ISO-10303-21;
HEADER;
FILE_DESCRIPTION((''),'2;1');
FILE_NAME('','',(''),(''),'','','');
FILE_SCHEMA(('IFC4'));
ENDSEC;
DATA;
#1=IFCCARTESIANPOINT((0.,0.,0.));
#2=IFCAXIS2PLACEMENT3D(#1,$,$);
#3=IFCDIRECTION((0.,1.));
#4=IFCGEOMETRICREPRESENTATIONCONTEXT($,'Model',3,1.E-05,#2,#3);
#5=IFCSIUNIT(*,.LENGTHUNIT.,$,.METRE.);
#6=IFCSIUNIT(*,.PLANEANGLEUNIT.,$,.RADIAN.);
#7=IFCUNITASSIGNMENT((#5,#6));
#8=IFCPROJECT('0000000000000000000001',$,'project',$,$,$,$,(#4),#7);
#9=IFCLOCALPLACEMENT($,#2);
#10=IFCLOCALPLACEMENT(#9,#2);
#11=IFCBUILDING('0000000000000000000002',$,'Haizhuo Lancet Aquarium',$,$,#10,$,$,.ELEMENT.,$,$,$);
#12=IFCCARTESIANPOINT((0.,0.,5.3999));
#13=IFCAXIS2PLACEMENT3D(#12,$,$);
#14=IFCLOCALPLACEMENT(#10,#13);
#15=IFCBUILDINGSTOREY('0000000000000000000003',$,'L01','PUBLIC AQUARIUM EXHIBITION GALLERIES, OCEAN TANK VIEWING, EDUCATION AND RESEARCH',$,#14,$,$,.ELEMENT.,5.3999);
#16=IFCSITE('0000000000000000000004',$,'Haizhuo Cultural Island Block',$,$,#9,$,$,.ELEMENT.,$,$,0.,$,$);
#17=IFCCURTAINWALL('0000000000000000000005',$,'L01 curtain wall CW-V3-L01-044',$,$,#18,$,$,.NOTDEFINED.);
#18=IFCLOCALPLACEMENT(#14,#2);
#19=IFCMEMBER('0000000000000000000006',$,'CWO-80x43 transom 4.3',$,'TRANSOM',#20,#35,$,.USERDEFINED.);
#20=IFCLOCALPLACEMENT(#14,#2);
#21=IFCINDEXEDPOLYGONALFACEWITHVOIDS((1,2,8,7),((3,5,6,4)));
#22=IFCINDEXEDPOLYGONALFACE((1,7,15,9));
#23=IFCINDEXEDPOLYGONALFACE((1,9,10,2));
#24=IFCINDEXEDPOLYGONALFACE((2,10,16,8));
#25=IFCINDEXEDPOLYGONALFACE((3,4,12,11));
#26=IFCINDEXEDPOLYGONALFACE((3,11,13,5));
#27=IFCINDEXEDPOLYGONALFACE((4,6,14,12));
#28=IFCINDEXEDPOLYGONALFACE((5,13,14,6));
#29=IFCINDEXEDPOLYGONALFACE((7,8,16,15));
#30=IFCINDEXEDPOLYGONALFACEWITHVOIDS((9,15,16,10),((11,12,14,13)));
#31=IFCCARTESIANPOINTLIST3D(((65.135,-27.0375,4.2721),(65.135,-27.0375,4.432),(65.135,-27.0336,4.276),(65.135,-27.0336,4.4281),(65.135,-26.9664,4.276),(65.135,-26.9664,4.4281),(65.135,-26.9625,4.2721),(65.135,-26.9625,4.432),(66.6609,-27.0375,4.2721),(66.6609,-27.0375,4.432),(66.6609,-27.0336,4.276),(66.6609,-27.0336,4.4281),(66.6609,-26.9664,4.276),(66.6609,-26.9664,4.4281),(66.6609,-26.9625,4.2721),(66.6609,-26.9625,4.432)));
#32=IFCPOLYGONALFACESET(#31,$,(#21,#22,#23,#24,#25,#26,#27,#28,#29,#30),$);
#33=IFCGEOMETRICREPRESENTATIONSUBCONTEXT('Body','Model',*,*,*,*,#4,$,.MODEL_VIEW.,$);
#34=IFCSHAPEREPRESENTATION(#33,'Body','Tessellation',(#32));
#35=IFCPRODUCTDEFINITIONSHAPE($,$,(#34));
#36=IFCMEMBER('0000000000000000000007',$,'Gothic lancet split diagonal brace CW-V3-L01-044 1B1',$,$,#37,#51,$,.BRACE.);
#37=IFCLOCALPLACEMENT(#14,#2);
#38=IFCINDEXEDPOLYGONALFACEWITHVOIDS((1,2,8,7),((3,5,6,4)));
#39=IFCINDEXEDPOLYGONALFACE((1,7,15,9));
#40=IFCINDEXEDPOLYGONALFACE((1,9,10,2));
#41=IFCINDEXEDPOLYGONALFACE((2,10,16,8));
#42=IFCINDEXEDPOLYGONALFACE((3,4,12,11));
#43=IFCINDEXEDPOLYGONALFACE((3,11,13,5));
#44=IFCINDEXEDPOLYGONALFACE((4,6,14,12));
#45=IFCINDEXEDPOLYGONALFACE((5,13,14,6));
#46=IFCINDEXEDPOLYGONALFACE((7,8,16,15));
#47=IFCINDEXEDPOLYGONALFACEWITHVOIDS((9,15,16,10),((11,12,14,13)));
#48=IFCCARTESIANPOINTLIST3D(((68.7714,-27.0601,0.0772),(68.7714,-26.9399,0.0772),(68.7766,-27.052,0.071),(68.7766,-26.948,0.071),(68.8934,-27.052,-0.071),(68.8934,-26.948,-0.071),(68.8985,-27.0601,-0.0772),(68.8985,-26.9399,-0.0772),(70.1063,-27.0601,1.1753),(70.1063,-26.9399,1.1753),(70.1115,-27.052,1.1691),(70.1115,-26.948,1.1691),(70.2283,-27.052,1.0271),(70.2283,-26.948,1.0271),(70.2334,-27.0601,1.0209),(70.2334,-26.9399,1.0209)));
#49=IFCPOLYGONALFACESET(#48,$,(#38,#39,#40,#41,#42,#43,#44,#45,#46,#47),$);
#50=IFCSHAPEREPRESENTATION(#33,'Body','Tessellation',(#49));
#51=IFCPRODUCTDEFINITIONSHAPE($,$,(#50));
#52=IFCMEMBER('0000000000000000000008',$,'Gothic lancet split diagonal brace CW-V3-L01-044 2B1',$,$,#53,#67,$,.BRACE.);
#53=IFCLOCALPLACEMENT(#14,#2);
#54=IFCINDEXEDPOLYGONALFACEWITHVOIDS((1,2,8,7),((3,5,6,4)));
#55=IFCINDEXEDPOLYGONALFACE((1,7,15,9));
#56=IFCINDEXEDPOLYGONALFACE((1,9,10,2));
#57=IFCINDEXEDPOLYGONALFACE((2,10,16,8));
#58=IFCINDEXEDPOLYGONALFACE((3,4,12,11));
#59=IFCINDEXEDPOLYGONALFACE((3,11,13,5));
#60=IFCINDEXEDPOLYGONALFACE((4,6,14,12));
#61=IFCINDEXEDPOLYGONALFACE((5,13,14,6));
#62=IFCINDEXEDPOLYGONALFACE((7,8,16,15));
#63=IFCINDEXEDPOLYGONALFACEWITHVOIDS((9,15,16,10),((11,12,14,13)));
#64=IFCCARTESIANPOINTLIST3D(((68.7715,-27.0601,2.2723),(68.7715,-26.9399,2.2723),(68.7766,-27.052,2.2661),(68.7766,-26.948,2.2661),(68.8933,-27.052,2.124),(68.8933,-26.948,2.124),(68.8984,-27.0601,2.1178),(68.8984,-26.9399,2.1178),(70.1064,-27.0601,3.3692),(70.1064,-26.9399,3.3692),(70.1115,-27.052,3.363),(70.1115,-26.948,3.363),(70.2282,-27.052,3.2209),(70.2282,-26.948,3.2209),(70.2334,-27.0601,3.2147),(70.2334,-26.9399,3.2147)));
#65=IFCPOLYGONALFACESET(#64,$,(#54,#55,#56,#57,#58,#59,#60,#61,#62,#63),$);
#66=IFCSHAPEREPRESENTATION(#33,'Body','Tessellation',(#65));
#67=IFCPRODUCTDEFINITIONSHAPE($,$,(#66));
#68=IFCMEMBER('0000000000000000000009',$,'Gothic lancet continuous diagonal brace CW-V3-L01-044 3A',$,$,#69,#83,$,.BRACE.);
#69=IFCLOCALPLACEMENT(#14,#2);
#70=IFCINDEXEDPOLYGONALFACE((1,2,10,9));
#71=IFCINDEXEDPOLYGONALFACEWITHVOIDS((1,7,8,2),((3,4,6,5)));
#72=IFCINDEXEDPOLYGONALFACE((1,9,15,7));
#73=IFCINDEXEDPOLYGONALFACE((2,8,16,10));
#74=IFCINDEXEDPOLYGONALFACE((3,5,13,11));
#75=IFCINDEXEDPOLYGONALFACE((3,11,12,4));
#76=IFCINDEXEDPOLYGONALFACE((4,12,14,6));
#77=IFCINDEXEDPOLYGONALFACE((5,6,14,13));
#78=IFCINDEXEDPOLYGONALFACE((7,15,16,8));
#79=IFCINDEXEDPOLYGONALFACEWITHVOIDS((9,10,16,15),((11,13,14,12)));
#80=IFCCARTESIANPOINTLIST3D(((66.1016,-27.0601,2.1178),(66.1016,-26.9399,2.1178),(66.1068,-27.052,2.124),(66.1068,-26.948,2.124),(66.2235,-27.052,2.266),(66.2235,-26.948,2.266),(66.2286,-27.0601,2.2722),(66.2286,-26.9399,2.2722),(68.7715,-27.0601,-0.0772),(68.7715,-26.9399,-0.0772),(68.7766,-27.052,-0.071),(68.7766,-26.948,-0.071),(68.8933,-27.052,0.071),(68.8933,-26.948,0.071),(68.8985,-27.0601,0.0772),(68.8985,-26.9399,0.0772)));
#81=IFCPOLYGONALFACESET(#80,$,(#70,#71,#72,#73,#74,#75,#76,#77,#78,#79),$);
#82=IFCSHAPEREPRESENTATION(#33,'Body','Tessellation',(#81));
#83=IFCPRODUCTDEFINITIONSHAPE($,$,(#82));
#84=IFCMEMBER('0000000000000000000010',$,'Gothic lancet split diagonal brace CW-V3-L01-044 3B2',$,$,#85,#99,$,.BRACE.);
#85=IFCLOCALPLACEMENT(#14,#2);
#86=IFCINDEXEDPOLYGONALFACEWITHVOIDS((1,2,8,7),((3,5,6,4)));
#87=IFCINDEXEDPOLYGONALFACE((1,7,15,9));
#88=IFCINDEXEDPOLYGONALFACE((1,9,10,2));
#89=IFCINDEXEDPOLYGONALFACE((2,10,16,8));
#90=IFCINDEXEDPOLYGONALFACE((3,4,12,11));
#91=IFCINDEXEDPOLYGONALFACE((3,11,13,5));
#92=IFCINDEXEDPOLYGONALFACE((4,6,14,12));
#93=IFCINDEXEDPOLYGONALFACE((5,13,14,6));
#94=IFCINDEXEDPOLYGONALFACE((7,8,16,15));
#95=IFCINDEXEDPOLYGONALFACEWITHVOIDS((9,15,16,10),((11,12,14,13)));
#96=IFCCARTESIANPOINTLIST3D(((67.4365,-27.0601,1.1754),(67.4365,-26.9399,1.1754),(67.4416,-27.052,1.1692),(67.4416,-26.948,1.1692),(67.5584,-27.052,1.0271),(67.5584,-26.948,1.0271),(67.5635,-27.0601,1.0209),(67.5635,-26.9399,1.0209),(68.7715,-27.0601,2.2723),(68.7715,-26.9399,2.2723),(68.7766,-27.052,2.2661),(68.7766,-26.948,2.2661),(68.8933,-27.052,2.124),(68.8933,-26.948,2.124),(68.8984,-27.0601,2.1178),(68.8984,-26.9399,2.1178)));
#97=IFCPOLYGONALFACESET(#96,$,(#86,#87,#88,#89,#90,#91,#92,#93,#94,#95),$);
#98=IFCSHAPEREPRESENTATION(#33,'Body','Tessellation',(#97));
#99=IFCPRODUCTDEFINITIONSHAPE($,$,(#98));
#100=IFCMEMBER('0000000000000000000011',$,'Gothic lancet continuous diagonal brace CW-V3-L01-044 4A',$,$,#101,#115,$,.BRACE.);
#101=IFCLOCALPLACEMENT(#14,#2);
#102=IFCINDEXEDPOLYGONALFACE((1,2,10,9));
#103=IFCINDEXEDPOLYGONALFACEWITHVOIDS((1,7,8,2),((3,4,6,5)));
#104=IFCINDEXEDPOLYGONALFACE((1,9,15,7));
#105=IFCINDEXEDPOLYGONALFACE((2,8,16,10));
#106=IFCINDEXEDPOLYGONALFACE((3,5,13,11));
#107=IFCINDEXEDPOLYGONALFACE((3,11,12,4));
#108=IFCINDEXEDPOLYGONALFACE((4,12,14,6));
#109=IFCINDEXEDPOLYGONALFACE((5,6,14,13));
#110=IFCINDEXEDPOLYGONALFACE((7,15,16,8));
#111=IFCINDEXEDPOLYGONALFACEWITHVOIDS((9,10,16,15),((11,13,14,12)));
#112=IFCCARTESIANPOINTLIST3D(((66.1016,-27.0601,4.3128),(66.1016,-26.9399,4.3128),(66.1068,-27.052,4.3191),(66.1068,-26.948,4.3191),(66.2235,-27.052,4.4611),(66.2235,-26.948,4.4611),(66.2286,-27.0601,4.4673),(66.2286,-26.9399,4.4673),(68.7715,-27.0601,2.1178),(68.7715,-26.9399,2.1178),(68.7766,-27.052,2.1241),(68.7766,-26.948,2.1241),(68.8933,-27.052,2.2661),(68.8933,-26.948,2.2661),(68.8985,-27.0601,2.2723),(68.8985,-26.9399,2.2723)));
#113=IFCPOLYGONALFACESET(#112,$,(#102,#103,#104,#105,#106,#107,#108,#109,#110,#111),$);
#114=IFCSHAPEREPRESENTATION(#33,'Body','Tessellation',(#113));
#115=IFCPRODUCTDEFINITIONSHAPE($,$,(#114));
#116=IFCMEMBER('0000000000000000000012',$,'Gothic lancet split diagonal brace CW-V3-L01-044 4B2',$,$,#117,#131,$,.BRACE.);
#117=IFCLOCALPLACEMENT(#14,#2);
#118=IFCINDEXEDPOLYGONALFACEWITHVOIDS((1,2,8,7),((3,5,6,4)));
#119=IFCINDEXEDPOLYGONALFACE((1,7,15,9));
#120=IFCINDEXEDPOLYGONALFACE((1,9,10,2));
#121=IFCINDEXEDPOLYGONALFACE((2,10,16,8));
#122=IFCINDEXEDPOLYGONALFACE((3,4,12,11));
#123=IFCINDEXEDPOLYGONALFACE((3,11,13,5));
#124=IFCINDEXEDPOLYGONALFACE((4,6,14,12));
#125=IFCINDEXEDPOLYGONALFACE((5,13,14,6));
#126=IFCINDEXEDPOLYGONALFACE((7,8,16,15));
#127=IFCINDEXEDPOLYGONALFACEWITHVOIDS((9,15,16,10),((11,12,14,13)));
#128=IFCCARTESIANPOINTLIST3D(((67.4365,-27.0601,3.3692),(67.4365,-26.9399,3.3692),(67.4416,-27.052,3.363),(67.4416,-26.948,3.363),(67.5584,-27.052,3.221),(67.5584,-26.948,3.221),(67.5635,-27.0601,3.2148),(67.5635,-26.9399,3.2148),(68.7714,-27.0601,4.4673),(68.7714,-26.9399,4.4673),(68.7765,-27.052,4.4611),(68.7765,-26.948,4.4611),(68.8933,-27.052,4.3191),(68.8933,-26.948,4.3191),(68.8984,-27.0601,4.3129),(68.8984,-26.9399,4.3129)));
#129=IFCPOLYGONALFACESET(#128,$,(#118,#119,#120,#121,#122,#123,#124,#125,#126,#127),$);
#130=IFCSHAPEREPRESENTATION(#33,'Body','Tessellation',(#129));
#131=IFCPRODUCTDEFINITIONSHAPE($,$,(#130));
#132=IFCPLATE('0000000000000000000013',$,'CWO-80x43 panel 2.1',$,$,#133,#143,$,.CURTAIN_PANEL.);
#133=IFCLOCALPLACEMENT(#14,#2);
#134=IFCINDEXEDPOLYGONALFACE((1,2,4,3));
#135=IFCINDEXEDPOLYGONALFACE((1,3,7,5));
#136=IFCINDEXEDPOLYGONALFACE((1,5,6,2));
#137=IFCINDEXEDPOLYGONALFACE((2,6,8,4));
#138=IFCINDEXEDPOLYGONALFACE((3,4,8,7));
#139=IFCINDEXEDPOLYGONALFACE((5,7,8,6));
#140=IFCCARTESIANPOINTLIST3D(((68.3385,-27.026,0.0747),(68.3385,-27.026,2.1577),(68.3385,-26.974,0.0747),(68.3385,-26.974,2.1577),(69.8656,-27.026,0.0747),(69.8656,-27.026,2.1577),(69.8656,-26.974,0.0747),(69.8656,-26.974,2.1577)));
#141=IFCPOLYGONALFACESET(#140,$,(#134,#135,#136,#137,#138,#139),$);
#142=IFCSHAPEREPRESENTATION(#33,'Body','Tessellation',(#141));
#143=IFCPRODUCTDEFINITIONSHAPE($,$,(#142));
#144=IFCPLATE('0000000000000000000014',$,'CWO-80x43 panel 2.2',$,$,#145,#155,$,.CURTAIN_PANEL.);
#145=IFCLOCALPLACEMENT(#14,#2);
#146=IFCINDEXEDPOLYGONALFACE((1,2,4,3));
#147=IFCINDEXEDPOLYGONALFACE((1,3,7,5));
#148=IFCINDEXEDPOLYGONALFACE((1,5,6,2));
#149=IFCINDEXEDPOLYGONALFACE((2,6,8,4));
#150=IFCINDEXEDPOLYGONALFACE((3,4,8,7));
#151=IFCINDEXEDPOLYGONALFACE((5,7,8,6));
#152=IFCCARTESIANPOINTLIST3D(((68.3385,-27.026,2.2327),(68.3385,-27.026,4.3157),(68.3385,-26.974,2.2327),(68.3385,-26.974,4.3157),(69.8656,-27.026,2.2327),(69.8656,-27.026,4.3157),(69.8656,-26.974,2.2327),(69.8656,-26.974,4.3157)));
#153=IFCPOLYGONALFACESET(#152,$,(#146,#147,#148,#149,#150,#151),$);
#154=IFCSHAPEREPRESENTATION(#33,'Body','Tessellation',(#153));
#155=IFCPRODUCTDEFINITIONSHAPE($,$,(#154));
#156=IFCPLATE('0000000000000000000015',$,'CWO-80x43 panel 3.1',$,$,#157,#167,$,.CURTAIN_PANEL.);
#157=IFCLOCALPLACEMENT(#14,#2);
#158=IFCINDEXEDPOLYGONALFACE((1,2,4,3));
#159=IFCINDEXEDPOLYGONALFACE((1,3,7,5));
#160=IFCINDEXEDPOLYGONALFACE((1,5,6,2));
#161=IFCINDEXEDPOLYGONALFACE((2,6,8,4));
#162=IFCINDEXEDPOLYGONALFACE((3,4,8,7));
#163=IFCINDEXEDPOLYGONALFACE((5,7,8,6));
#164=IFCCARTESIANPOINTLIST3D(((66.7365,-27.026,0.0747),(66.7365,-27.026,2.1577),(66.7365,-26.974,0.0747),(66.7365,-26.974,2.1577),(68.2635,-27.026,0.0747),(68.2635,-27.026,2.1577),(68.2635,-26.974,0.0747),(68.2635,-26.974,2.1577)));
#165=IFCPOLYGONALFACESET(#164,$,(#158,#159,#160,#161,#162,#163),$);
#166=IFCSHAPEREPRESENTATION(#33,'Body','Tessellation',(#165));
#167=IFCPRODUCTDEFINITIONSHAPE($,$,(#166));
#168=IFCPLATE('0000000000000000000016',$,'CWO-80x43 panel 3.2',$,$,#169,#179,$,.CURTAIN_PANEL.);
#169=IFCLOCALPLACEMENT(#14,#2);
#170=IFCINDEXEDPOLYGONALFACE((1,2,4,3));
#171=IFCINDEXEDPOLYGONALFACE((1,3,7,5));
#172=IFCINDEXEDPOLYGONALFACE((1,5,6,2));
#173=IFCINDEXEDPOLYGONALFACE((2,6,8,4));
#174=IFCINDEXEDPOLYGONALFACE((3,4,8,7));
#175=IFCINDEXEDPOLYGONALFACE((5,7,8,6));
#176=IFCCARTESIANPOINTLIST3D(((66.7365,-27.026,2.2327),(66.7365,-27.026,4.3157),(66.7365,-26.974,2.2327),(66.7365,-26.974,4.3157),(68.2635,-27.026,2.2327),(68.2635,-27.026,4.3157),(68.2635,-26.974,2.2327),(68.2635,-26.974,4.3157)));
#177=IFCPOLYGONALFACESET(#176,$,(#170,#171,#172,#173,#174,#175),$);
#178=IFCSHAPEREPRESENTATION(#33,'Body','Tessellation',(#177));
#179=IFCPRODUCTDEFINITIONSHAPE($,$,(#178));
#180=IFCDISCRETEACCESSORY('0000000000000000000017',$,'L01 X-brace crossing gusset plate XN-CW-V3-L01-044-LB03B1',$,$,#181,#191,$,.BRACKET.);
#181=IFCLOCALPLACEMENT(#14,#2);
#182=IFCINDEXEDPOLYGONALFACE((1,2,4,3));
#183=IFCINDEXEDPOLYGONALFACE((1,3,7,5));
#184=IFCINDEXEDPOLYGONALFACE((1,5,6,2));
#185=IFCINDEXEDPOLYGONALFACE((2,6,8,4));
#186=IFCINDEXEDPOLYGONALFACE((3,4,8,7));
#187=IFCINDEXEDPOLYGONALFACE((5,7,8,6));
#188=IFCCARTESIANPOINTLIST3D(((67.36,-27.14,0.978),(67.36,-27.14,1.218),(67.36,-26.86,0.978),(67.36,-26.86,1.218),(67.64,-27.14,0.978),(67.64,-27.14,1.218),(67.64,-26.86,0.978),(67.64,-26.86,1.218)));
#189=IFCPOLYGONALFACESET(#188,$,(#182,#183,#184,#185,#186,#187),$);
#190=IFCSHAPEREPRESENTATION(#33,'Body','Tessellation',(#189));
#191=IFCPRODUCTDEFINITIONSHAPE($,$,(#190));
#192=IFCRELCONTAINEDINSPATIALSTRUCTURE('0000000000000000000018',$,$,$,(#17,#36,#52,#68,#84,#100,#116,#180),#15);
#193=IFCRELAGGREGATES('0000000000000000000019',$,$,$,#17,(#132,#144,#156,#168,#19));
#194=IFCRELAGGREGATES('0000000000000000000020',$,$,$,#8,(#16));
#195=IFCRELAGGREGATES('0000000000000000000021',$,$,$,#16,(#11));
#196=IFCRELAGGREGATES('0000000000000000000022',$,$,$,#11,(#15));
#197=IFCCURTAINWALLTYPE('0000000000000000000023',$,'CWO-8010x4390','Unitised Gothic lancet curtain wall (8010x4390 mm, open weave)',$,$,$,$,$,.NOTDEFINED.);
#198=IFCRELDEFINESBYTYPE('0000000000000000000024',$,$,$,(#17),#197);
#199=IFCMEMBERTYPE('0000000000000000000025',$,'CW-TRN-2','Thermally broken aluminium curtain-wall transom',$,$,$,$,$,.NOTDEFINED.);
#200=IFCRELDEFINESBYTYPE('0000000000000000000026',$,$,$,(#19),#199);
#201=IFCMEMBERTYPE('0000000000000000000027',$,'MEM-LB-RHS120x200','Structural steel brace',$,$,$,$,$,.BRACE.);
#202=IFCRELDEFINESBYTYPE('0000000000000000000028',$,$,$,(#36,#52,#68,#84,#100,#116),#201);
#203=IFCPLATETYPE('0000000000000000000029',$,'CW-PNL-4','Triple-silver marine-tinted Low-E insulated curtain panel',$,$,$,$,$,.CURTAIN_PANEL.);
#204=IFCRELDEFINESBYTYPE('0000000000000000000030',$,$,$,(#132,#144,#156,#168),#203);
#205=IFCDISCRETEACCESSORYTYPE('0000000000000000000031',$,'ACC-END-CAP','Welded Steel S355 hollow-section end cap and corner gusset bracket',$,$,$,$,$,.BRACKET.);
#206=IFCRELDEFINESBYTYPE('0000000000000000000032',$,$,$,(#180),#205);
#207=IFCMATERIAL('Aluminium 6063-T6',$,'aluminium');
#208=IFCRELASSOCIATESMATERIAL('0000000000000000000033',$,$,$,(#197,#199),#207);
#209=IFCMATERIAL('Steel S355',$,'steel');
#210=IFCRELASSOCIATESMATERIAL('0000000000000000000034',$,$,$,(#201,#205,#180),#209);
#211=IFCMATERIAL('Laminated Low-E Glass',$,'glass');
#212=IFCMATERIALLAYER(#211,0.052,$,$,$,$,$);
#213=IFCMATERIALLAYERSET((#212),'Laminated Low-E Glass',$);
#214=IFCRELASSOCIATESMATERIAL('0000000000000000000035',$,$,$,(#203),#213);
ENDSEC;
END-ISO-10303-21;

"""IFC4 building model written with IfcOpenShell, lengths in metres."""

from ifc_helpers import new_model, si_unit, direction, frame, origin, origin_2d, place, context, subcontext, project, spatial, rectangle, hollow_rectangle, extrude, material, layer, layer_set, material_profile, profile_set, type_object, element, aggregate, save


model = new_model("IFC4")

# Units and contexts
model_context = context("Model", 3, precision=1e-05, world=origin(), true_north=direction((0.0, 1.0)))
body_context = subcontext(model_context, "Body", "Model", "MODEL_VIEW")
ifc_project = project(units=[si_unit("LENGTHUNIT", "METRE"), si_unit("PLANEANGLEUNIT", "RADIAN")], contexts=[model_context])

# Site, building, storey
site_placement = place(None, origin())
site = spatial("IfcSite", under=ifc_project, at=site_placement, Name="Haizhuo Cultural Island Block", CompositionType="ELEMENT", RefElevation=0.0)
building_placement = place(site_placement, origin())
building = spatial("IfcBuilding", under=site, at=building_placement, Name="Haizhuo Lancet Aquarium", CompositionType="ELEMENT")
storey_placement = place(building_placement, frame((0.0, 0.0, 5.3999)))
storey = spatial("IfcBuildingStorey", under=building, at=storey_placement, Name="L01", Description="PUBLIC AQUARIUM EXHIBITION GALLERIES, OCEAN TANK VIEWING, EDUCATION AND RESEARCH", CompositionType="ELEMENT", Elevation=5.3999)

# Curtain wall, member
ifc_material_1 = material(Name="Aluminium 6063-T6", Category="aluminium")
curtain_wall_type = type_object("IfcCurtainWallType", Name="CWO-8010x4390", Description="Unitised Gothic lancet curtain wall (8010x4390 mm, open weave)", PredefinedType="NOTDEFINED", material=ifc_material_1)
curtain_wall_placement = place(storey_placement, origin())
curtain_wall = element("IfcCurtainWall", 1, at=curtain_wall_placement, inside=storey, type_object=curtain_wall_type, Name="L01 curtain wall CW-V3-L01-044", PredefinedType="NOTDEFINED")
ifc_material_profile_1 = material_profile(ifc_material_1, hollow_rectangle(XDim=0.075, YDim=0.1599, WallThickness=0.0039, at=origin_2d()), Name="ALU-T 75x160x4")
ifc_profile_set_1 = profile_set([ifc_material_profile_1], Name="Aluminium 6063-T6")
member_type_1 = type_object("IfcMemberType", Name="CW-TRN-2", Description="Thermally broken aluminium curtain-wall transom", PredefinedType="NOTDEFINED", material=ifc_profile_set_1)
member_1_placement = place(storey_placement, frame((66.6609, -27.0, 4.3521), z_axis=(-1.0, 0.0, 0.0), x_axis=(0.0, -1.0, 0.0)))
member_1 = element("IfcMember", 2, at=member_1_placement, type_object=member_type_1, Name="CWO-80x43 transom 4.3", ObjectType="TRANSOM", PredefinedType="USERDEFINED", context=body_context, shape_type="SweptSolid", body=[
    extrude(hollow_rectangle(XDim=0.075, YDim=0.1599, WallThickness=0.0039, at=origin_2d()), origin(), (0.0, 0.0, 1.0), 1.5259),
])

# Members
ifc_material_2 = material(Name="Steel S355", Category="steel")
ifc_material_profile_2 = material_profile(ifc_material_2, hollow_rectangle(XDim=0.1201, YDim=0.2, WallThickness=0.0081, at=origin_2d()), Name="RHS 120x200x8")
ifc_profile_set_2 = profile_set([ifc_material_profile_2], Name="Steel S355")
member_type_2 = type_object("IfcMemberType", Name="MEM-LB-RHS120x200", Description="Structural steel brace", PredefinedType="BRACE", material=ifc_profile_set_2)
member_2_placement = place(storey_placement, frame((68.835, -27.0, 0.0), z_axis=(0.772281, 0.0, 0.635281), x_axis=(0.0, 1.0, 0.0)))
element("IfcMember", 3, at=member_2_placement, inside=storey, type_object=member_type_2, Name="Gothic lancet split diagonal brace CW-V3-L01-044 1B1", PredefinedType="BRACE", context=body_context, shape_type="SweptSolid", body=[
    extrude(hollow_rectangle(XDim=0.1201, YDim=0.2, WallThickness=0.0081, at=origin_2d()), origin(), (0.0, 0.0, 1.0), 1.7285),
])
member_3_placement = place(storey_placement, frame((68.835, -27.0, 2.1951), z_axis=(0.772627, 0.0, 0.63486), x_axis=(0.0, 1.0, 0.0)))
element("IfcMember", 4, at=member_3_placement, inside=storey, type_object=member_type_2, Name="Gothic lancet split diagonal brace CW-V3-L01-044 2B1", PredefinedType="BRACE", context=body_context, shape_type="SweptSolid", body=[
    extrude(hollow_rectangle(XDim=0.1201, YDim=0.2, WallThickness=0.0081, at=origin_2d()), origin(), (0.0, 0.0, 1.0), 1.7278),
])
member_4_placement = place(storey_placement, frame((68.835, -27.0, 0.0), z_axis=(-0.772454, 0.0, 0.635071), x_axis=(0.0, -1.0, 0.0)))
element("IfcMember", 5, at=member_4_placement, inside=storey, type_object=member_type_2, Name="Gothic lancet continuous diagonal brace CW-V3-L01-044 3A", PredefinedType="BRACE", context=body_context, shape_type="SweptSolid", body=[
    extrude(hollow_rectangle(XDim=0.1201, YDim=0.2, WallThickness=0.0081, at=origin_2d()), origin(), (0.0, 0.0, 1.0), 3.4563),
])
member_5_placement = place(storey_placement, frame((67.5, -27.0, 1.0981), z_axis=(0.772627, 0.0, 0.63486), x_axis=(0.0, 1.0, 0.0)))
element("IfcMember", 6, at=member_5_placement, inside=storey, type_object=member_type_2, Name="Gothic lancet split diagonal brace CW-V3-L01-044 3B2", PredefinedType="BRACE", context=body_context, shape_type="SweptSolid", body=[
    extrude(hollow_rectangle(XDim=0.1201, YDim=0.2, WallThickness=0.0081, at=origin_2d()), origin(), (0.0, 0.0, 1.0), 1.7278),
])
member_6_placement = place(storey_placement, frame((68.835, -27.0, 2.1951), z_axis=(-0.772454, 0.0, 0.635071), x_axis=(0.0, -1.0, 0.0)))
element("IfcMember", 7, at=member_6_placement, inside=storey, type_object=member_type_2, Name="Gothic lancet continuous diagonal brace CW-V3-L01-044 4A", PredefinedType="BRACE", context=body_context, shape_type="SweptSolid", body=[
    extrude(hollow_rectangle(XDim=0.1201, YDim=0.2, WallThickness=0.0081, at=origin_2d()), origin(), (0.0, 0.0, 1.0), 3.4563),
])
member_7_placement = place(storey_placement, frame((67.5, -27.0, 3.292), z_axis=(0.772281, 0.0, 0.635281), x_axis=(0.0, 1.0, 0.0)))
element("IfcMember", 8, at=member_7_placement, inside=storey, type_object=member_type_2, Name="Gothic lancet split diagonal brace CW-V3-L01-044 4B2", PredefinedType="BRACE", context=body_context, shape_type="SweptSolid", body=[
    extrude(hollow_rectangle(XDim=0.1201, YDim=0.2, WallThickness=0.0081, at=origin_2d()), origin(), (0.0, 0.0, 1.0), 1.7285),
])

# Plates
ifc_material_3 = material(Name="Laminated Low-E Glass", Category="glass")
ifc_layer = layer(ifc_material_3, 0.052)
ifc_layer_set = layer_set([ifc_layer], Name="Laminated Low-E Glass")
plate_type = type_object("IfcPlateType", Name="CW-PNL-4", Description="Triple-silver marine-tinted Low-E insulated curtain panel", PredefinedType="CURTAIN_PANEL", material=ifc_layer_set)
plate_1_placement = place(storey_placement, frame((69.1021, -27.0, 0.0747), z_axis=(0.0, 0.0, 1.0), x_axis=(-1.0, 0.0, 0.0)))
plate_1 = element("IfcPlate", 9, at=plate_1_placement, type_object=plate_type, Name="CWO-80x43 panel 2.1", PredefinedType="CURTAIN_PANEL", context=body_context, shape_type="SweptSolid", body=[
    extrude(rectangle(XDim=1.5271, YDim=0.052, at=origin_2d()), origin(), (0.0, 0.0, 1.0), 2.083),
])
plate_2_placement = place(storey_placement, frame((69.1021, -27.0, 2.2327), z_axis=(0.0, 0.0, 1.0), x_axis=(-1.0, 0.0, 0.0)))
plate_2 = element("IfcPlate", 10, at=plate_2_placement, type_object=plate_type, Name="CWO-80x43 panel 2.2", PredefinedType="CURTAIN_PANEL", context=body_context, shape_type="SweptSolid", body=[
    extrude(rectangle(XDim=1.5271, YDim=0.052, at=origin_2d()), origin(), (0.0, 0.0, 1.0), 2.083),
])
plate_3_placement = place(storey_placement, frame((67.5, -27.0, 0.0747), z_axis=(0.0, 0.0, 1.0), x_axis=(-1.0, 0.0, 0.0)))
plate_3 = element("IfcPlate", 11, at=plate_3_placement, type_object=plate_type, Name="CWO-80x43 panel 3.1", PredefinedType="CURTAIN_PANEL", context=body_context, shape_type="SweptSolid", body=[
    extrude(rectangle(XDim=1.5271, YDim=0.052, at=origin_2d()), origin(), (0.0, 0.0, 1.0), 2.083),
])
plate_4_placement = place(storey_placement, frame((67.5, -27.0, 2.2327), z_axis=(0.0, 0.0, 1.0), x_axis=(-1.0, 0.0, 0.0)))
plate_4 = element("IfcPlate", 12, at=plate_4_placement, type_object=plate_type, Name="CWO-80x43 panel 3.2", PredefinedType="CURTAIN_PANEL", context=body_context, shape_type="SweptSolid", body=[
    extrude(rectangle(XDim=1.5271, YDim=0.052, at=origin_2d()), origin(), (0.0, 0.0, 1.0), 2.083),
])
aggregate(curtain_wall, [plate_1, plate_2, plate_3, plate_4, member_1])

# Discrete accessory
discrete_accessory_type = type_object("IfcDiscreteAccessoryType", Name="ACC-END-CAP", Description="Welded Steel S355 hollow-section end cap and corner gusset bracket", PredefinedType="BRACKET", material=ifc_material_2)
for number, where, z_axis, x_axis, name in (
    (13, (67.5, -27.0, 0.978), (0.0, 0.0, 1.0), (1.0, 0.0, 0.0), "L01 X-brace crossing gusset plate XN-CW-V3-L01-044-LB03B1"),
):
    element("IfcDiscreteAccessory", number, at=place(storey_placement, frame(where, z_axis=z_axis, x_axis=x_axis)), inside=storey, type_object=discrete_accessory_type, material=ifc_material_2, Name=name, PredefinedType="BRACKET", context=body_context, shape_type="SweptSolid", body=[
        extrude(rectangle(XDim=0.28, YDim=0.28, at=origin_2d()), origin(), (0.0, 0.0, 1.0), 0.24),
    ])

save(model, "model.ifc")
